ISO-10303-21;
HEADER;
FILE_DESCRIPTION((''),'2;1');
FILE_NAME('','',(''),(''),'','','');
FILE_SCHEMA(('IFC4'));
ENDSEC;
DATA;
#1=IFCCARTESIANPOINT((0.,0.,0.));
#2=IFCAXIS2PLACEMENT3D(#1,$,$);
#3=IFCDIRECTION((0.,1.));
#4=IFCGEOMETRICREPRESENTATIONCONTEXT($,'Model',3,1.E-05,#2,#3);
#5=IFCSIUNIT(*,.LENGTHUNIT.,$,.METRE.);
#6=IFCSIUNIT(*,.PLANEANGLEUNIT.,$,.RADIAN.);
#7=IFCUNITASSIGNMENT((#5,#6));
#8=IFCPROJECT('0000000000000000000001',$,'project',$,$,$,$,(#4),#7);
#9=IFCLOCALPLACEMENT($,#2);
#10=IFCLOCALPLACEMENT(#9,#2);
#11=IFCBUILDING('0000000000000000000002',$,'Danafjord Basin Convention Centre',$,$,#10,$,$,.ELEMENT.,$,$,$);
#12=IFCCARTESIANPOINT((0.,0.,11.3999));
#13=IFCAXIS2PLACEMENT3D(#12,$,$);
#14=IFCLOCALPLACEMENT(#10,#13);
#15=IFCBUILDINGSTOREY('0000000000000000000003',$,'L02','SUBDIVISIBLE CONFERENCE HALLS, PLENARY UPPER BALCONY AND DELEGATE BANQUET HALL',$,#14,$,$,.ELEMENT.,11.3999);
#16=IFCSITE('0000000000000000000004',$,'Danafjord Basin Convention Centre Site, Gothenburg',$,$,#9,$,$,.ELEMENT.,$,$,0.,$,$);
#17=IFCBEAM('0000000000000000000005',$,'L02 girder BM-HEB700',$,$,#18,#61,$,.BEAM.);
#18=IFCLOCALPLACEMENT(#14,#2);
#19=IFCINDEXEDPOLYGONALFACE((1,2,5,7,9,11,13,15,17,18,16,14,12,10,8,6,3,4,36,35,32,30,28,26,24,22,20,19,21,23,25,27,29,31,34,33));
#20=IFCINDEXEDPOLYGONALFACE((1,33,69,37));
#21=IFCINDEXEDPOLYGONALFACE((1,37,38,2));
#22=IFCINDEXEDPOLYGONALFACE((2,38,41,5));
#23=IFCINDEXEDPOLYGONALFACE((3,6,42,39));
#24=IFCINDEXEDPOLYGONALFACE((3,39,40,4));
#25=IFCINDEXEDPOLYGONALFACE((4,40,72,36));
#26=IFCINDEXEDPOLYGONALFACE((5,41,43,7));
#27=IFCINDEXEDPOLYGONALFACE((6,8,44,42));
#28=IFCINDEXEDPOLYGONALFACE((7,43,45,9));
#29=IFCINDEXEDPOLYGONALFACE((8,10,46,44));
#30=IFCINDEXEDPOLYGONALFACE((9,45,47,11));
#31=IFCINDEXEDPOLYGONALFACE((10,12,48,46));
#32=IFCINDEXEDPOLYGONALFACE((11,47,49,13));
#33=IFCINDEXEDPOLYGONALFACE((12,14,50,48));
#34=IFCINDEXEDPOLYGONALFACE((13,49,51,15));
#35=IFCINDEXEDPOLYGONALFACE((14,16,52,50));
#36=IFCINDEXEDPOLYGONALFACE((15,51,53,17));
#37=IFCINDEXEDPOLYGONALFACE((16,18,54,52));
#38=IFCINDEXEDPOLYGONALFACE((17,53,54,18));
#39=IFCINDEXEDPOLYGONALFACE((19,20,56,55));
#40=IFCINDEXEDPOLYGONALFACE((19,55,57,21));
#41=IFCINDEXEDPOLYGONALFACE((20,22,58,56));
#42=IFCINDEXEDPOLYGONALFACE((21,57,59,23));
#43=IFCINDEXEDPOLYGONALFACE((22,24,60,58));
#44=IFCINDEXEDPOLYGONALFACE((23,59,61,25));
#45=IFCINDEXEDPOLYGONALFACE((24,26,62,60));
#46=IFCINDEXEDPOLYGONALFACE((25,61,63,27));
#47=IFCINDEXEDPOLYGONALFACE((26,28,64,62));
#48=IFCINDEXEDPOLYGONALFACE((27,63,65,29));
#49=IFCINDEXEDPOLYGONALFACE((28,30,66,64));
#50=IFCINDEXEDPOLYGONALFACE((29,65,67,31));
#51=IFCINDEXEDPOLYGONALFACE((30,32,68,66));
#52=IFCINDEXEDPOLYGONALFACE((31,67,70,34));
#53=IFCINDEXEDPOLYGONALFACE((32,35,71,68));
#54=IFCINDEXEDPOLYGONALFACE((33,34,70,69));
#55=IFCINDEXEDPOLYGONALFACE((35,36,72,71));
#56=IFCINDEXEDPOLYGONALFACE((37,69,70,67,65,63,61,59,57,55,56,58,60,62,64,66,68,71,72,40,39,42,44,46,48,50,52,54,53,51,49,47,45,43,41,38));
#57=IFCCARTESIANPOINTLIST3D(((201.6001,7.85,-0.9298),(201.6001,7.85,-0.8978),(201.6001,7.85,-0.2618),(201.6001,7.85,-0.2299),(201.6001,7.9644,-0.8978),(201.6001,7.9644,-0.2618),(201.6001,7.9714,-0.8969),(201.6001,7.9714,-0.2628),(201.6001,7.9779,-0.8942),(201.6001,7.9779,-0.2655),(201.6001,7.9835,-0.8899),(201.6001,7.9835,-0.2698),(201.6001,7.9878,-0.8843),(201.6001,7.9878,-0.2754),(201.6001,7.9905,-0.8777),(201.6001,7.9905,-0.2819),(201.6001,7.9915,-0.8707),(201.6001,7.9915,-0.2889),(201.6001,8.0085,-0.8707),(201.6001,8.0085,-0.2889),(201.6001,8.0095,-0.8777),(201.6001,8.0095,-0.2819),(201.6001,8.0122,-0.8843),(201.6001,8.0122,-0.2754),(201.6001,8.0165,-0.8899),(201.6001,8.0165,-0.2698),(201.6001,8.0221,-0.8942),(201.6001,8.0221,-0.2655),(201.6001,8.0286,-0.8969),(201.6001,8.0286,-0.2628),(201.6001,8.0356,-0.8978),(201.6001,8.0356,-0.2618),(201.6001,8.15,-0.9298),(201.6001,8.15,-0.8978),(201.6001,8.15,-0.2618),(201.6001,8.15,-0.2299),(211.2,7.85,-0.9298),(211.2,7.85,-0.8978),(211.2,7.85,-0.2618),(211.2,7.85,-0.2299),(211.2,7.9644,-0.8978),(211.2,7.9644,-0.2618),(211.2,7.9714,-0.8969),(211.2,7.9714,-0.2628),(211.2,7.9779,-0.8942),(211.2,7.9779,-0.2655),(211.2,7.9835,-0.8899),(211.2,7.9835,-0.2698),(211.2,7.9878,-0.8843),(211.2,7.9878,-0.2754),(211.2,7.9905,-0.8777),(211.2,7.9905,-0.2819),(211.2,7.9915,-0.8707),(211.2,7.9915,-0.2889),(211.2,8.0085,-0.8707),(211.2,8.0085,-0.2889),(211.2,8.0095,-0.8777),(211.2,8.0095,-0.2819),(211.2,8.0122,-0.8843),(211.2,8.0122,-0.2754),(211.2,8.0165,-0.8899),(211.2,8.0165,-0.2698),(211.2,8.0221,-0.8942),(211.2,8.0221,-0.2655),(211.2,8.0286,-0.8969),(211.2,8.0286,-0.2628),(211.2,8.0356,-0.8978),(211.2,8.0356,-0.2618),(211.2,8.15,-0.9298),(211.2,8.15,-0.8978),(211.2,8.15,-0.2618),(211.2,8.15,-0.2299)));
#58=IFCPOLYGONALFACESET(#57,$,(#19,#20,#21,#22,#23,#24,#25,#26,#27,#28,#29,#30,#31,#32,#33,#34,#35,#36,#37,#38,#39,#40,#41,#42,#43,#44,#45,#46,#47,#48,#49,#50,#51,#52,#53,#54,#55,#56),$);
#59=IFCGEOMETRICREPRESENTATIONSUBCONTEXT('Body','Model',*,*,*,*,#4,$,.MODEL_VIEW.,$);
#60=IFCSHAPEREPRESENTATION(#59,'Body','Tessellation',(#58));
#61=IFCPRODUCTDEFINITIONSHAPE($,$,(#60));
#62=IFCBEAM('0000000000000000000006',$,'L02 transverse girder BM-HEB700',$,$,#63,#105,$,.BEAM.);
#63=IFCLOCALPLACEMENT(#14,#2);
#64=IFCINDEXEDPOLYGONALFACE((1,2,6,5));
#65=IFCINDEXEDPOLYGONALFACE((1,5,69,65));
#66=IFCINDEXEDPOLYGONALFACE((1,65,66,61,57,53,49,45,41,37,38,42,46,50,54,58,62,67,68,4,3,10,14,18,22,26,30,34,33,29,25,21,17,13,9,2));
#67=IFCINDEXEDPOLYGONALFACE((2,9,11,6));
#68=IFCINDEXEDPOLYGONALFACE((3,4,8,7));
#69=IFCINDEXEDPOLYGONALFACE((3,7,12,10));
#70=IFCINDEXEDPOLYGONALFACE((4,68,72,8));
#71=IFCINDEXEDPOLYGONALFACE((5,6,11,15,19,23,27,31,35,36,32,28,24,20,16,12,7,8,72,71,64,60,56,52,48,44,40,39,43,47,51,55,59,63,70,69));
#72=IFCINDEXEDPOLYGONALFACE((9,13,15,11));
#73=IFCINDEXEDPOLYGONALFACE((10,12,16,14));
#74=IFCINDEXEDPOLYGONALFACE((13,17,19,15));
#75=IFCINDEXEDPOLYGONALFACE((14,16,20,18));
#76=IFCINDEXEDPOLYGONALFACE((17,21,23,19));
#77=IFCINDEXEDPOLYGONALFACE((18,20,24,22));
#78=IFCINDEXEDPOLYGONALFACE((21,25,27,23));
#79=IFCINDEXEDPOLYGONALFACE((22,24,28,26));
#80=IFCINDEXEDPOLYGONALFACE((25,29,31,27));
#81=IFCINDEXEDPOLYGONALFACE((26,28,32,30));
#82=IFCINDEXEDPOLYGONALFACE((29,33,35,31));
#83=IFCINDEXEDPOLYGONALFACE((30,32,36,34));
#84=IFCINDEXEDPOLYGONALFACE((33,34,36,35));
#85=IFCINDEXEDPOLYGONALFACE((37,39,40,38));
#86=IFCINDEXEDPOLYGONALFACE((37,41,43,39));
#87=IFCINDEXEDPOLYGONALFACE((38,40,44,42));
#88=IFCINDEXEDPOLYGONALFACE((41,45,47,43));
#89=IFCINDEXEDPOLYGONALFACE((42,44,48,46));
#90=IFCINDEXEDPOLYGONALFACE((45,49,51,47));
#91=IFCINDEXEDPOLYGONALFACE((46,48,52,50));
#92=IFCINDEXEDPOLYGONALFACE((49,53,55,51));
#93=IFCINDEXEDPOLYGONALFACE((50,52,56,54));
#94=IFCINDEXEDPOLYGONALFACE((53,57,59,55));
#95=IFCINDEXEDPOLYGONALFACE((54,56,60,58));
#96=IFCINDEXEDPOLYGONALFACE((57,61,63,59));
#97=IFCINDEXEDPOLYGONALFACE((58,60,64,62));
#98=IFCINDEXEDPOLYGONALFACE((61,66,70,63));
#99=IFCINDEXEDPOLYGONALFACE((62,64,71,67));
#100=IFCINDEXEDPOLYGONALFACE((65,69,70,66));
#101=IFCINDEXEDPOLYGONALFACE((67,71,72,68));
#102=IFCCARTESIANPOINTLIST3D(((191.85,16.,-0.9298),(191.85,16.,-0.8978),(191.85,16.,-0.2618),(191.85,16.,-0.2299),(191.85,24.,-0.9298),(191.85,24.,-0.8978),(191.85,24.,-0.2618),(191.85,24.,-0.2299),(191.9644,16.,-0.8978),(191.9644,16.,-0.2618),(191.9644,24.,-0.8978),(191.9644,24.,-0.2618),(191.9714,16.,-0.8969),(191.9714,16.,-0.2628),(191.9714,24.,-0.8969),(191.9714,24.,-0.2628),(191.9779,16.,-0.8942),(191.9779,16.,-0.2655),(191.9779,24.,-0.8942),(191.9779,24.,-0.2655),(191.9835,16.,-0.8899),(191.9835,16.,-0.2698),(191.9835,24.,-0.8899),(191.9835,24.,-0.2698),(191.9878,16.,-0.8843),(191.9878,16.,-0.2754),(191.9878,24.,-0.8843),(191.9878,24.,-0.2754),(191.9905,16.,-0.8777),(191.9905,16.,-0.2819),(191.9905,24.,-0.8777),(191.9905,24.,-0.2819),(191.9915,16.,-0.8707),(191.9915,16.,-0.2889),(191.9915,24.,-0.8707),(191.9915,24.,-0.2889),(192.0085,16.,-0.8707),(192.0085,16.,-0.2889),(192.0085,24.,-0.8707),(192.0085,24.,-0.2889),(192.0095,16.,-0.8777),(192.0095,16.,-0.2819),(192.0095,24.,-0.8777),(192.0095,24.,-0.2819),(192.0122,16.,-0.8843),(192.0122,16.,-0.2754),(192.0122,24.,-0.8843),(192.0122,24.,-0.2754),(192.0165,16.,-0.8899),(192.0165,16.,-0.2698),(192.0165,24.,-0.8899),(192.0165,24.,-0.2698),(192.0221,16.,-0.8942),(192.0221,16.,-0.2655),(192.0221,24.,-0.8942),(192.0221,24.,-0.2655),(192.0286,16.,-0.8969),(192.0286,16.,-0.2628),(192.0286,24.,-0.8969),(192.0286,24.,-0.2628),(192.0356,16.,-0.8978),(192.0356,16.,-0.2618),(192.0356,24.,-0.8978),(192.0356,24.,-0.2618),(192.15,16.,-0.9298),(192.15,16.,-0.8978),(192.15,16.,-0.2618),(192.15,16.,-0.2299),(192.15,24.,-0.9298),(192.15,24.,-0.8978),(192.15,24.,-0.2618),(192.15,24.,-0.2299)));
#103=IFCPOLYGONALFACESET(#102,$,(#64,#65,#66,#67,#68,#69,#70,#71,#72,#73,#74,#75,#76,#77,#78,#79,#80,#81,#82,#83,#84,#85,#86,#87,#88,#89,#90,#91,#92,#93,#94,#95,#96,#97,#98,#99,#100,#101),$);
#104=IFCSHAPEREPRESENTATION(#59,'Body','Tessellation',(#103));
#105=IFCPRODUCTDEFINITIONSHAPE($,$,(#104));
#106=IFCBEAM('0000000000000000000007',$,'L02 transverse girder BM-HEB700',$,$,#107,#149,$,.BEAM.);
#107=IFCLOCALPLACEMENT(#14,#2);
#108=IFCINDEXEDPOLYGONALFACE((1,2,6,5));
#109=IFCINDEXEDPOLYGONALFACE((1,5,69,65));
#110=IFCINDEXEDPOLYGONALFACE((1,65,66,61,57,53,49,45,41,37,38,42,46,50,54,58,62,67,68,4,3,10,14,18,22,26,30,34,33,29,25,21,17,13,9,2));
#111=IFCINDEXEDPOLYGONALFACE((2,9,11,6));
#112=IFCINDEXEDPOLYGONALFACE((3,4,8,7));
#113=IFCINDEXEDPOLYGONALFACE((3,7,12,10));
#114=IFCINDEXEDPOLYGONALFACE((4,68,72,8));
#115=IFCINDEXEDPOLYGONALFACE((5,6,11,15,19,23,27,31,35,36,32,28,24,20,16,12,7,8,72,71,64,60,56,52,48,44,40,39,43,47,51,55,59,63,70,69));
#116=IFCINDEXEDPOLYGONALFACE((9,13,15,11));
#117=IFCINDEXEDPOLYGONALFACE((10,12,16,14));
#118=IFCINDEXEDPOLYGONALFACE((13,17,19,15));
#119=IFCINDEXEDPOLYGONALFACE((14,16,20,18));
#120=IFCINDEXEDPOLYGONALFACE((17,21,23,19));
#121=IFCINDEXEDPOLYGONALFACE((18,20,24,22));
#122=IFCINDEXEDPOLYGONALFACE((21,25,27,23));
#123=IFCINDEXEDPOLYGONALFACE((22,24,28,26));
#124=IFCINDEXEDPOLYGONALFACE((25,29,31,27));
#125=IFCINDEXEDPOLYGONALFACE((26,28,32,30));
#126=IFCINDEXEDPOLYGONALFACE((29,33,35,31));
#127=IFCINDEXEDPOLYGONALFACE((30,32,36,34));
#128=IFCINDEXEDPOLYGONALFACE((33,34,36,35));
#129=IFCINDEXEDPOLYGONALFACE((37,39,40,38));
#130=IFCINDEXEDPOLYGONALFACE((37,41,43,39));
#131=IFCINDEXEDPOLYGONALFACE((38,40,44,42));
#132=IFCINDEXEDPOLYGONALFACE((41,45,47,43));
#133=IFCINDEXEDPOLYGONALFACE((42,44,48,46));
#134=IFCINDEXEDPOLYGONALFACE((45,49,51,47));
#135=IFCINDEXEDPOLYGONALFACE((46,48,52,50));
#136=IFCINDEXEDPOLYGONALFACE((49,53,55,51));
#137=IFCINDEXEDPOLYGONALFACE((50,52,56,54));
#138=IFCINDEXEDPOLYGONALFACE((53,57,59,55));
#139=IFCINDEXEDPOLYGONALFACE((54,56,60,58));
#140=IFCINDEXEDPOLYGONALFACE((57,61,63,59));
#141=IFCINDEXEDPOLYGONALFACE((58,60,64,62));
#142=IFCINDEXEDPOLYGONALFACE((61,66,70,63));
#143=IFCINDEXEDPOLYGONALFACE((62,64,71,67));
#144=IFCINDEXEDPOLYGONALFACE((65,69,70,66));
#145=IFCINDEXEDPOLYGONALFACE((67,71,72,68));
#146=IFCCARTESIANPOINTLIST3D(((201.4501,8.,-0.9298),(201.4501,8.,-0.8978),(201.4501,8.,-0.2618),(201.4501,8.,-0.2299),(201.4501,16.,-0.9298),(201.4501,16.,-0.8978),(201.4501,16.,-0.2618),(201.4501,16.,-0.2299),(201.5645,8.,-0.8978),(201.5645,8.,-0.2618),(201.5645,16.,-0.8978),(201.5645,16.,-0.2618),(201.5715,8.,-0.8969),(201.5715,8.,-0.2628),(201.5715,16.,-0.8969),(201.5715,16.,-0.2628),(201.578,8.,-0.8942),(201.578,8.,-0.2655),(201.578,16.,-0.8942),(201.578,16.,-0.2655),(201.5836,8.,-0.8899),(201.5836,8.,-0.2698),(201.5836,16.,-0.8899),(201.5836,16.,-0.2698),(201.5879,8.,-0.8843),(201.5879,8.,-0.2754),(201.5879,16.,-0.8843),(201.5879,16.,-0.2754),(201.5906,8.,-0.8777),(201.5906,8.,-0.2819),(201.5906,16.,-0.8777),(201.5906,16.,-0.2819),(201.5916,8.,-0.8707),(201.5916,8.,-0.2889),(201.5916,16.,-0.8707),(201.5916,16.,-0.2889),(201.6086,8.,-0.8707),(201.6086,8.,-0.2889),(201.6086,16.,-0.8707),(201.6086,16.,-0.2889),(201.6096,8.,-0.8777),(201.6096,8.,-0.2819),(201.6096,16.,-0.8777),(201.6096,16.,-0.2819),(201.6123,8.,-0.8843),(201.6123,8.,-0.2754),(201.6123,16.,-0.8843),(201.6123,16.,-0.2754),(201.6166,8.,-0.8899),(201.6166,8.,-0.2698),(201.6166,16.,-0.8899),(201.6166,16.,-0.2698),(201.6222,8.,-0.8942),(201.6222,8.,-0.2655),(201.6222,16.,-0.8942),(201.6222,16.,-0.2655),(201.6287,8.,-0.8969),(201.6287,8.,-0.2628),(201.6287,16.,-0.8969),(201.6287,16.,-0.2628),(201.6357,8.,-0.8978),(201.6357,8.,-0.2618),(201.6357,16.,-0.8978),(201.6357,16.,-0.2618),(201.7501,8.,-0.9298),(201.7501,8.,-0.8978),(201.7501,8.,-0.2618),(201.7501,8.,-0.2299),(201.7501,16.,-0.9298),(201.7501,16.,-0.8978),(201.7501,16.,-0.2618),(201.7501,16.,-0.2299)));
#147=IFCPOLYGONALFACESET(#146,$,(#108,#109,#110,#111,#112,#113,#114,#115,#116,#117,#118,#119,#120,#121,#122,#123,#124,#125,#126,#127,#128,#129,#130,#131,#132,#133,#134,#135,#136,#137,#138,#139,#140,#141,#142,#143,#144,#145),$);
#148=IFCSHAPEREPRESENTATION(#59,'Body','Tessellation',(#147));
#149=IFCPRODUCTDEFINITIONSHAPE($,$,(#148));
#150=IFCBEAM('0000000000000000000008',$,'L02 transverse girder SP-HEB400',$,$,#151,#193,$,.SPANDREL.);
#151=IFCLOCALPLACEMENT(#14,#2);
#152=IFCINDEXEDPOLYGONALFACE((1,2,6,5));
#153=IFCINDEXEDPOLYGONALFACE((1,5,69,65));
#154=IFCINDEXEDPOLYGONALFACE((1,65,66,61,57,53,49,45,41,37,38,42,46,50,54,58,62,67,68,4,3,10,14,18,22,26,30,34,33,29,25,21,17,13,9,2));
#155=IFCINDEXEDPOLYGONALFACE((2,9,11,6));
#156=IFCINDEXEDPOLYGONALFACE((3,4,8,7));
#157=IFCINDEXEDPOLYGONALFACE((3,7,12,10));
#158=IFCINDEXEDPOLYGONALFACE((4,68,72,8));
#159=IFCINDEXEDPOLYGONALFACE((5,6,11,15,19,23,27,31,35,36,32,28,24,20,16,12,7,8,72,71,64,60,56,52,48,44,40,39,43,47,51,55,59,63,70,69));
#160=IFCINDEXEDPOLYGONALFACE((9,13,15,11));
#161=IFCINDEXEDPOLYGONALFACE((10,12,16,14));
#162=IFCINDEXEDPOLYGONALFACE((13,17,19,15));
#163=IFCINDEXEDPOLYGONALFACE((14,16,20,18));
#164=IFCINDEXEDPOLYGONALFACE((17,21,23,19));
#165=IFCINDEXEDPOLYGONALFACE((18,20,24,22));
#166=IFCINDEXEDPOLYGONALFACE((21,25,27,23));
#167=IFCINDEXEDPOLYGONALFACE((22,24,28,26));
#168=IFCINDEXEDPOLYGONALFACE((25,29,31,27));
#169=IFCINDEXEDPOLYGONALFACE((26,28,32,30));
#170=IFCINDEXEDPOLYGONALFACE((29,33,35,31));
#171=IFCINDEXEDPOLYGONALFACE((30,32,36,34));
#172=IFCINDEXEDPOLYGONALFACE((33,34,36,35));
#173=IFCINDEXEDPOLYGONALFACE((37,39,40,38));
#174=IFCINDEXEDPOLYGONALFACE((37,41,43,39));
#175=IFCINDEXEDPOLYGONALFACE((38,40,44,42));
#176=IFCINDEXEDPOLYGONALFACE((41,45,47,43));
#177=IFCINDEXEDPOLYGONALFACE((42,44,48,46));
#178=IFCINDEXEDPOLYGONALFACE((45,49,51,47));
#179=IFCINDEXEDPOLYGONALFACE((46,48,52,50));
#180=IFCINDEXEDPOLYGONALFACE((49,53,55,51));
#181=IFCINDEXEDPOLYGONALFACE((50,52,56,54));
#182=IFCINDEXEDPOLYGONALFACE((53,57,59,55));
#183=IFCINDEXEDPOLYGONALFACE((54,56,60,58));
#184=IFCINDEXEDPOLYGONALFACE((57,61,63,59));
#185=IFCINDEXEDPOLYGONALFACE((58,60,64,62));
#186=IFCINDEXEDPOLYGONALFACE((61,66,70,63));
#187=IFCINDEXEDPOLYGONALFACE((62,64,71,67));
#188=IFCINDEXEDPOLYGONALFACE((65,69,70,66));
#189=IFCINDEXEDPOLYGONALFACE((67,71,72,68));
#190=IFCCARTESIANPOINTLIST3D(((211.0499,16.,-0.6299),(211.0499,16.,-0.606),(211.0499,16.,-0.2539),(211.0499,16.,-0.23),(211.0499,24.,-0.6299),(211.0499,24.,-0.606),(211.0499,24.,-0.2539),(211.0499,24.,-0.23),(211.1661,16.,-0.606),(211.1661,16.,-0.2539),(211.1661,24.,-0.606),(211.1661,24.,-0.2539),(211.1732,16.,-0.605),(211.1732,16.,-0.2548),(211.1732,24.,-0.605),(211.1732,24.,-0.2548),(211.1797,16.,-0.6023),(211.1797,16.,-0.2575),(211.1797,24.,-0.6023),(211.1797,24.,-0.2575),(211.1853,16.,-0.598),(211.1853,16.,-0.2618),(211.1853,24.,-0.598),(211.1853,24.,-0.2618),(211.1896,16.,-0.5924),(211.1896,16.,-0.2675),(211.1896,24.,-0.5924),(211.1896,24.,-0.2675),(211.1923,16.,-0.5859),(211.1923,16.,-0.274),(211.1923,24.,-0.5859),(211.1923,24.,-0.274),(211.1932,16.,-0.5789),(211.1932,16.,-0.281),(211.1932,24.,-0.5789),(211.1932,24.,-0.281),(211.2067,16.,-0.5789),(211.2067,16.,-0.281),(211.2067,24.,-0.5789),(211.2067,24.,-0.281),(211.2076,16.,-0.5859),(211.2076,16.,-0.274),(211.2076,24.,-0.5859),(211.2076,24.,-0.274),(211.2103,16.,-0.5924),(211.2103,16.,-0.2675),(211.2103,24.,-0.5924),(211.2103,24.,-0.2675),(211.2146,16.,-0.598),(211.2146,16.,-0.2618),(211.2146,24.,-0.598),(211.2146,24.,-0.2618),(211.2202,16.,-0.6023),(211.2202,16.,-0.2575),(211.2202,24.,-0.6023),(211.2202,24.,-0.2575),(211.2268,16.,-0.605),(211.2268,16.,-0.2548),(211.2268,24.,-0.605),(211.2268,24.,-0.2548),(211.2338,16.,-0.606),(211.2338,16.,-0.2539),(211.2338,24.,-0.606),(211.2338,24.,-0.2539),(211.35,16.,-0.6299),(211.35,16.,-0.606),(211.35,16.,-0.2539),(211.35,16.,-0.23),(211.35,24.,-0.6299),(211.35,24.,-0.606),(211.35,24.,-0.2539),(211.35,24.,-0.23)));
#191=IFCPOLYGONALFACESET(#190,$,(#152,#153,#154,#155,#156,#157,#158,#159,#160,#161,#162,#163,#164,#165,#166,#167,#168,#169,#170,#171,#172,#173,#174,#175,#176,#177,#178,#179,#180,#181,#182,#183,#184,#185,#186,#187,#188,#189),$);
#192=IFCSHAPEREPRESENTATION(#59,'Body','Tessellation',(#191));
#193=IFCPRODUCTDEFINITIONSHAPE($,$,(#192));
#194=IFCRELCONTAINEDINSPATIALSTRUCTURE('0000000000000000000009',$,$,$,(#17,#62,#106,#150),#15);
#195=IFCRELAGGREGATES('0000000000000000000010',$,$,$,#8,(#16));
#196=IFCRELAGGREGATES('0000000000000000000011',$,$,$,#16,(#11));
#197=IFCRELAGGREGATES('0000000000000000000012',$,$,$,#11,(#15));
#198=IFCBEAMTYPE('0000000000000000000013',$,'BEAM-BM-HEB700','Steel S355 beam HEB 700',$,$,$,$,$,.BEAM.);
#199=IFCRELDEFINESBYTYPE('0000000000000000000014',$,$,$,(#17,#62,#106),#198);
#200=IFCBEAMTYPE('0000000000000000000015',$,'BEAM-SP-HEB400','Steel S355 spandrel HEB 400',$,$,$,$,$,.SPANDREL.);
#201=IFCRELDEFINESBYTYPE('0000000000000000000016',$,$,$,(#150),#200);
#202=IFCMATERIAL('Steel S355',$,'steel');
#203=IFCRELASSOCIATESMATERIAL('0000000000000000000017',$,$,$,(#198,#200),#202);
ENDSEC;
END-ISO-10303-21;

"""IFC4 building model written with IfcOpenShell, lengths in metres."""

from ifc_helpers import new_model, si_unit, direction, frame, origin, origin_2d, place, context, subcontext, project, spatial, i_section, extrude, material, material_profile, profile_set, type_object, element, save


model = new_model("IFC4")

# Units and contexts
model_context = context("Model", 3, precision=1e-05, world=origin(), true_north=direction((0.0, 1.0)))
body_context = subcontext(model_context, "Body", "Model", "MODEL_VIEW")
ifc_project = project(units=[si_unit("LENGTHUNIT", "METRE"), si_unit("PLANEANGLEUNIT", "RADIAN")], contexts=[model_context])

# Site, building, storey
site_placement = place(None, origin())
site = spatial("IfcSite", under=ifc_project, at=site_placement, Name="Danafjord Basin Convention Centre Site, Gothenburg", CompositionType="ELEMENT", RefElevation=0.0)
building_placement = place(site_placement, origin())
building = spatial("IfcBuilding", under=site, at=building_placement, Name="Danafjord Basin Convention Centre", CompositionType="ELEMENT")
storey_placement = place(building_placement, frame((0.0, 0.0, 11.3999)))
storey = spatial("IfcBuildingStorey", under=building, at=storey_placement, Name="L02", Description="SUBDIVISIBLE CONFERENCE HALLS, PLENARY UPPER BALCONY AND DELEGATE BANQUET HALL", CompositionType="ELEMENT", Elevation=11.3999)

# Shared definitions
ifc_material_1 = material(Name="Steel S355", Category="steel")

# Beams
ifc_material_profile_1 = material_profile(ifc_material_1, i_section(OverallWidth=0.3, OverallDepth=0.7, WebThickness=0.0171, FlangeThickness=0.032, FilletRadius=0.0271, at=origin_2d()), Name="HEB 700")
ifc_profile_set_1 = profile_set([ifc_material_profile_1], Name="Steel S355")
beam_type_1 = type_object("IfcBeamType", Name="BEAM-BM-HEB700", Description="Steel S355 beam HEB 700", PredefinedType="BEAM", material=ifc_profile_set_1)
beam_1_placement = place(storey_placement, frame((201.6001, 8.0, -0.5798), z_axis=(1.0, 0.0, 0.0), x_axis=(0.0, 1.0, 0.0)))
element("IfcBeam", 1, at=beam_1_placement, inside=storey, type_object=beam_type_1, Name="L02 girder BM-HEB700", PredefinedType="BEAM", context=body_context, shape_type="SweptSolid", body=[
    extrude(i_section(OverallWidth=0.3, OverallDepth=0.7, WebThickness=0.0171, FlangeThickness=0.032, FilletRadius=0.0271, at=origin_2d()), origin(), (0.0, 0.0, 1.0), 9.5999),
])
for number, where, z_axis, x_axis, name in (
    (2, (192.0, 16.0, -0.5798), (0.0, 1.0, 0.0), (-1.0, 0.0, 0.0), "L02 transverse girder BM-HEB700"),
    (3, (201.6001, 8.0, -0.5798), (0.0, 1.0, 0.0), (-1.0, 0.0, 0.0), "L02 transverse girder BM-HEB700"),
):
    element("IfcBeam", number, at=place(storey_placement, frame(where, z_axis=z_axis, x_axis=x_axis)), inside=storey, type_object=beam_type_1, Name=name, PredefinedType="BEAM", context=body_context, shape_type="SweptSolid", body=[
        extrude(i_section(OverallWidth=0.3, OverallDepth=0.7, WebThickness=0.0171, FlangeThickness=0.032, FilletRadius=0.0271, at=origin_2d()), origin(), (0.0, 0.0, 1.0), 8.0),
    ])
ifc_material_profile_2 = material_profile(ifc_material_1, i_section(OverallWidth=0.3, OverallDepth=0.3999, WebThickness=0.0134, FlangeThickness=0.0239, FilletRadius=0.0271, at=origin_2d()), Name="HEB 400")
ifc_profile_set_2 = profile_set([ifc_material_profile_2], Name="Steel S355")
beam_type_2 = type_object("IfcBeamType", Name="BEAM-SP-HEB400", Description="Steel S355 spandrel HEB 400", PredefinedType="SPANDREL", material=ifc_profile_set_2)
beam_2_placement = place(storey_placement, frame((211.2, 16.0, -0.4299), z_axis=(0.0, 1.0, 0.0), x_axis=(-1.0, 0.0, 0.0)))
element("IfcBeam", 4, at=beam_2_placement, inside=storey, type_object=beam_type_2, Name="L02 transverse girder SP-HEB400", PredefinedType="SPANDREL", context=body_context, shape_type="SweptSolid", body=[
    extrude(i_section(OverallWidth=0.3, OverallDepth=0.3999, WebThickness=0.0134, FlangeThickness=0.0239, FilletRadius=0.0271, at=origin_2d()), origin(), (0.0, 0.0, 1.0), 8.0),
])

save(model, "model.ifc")
